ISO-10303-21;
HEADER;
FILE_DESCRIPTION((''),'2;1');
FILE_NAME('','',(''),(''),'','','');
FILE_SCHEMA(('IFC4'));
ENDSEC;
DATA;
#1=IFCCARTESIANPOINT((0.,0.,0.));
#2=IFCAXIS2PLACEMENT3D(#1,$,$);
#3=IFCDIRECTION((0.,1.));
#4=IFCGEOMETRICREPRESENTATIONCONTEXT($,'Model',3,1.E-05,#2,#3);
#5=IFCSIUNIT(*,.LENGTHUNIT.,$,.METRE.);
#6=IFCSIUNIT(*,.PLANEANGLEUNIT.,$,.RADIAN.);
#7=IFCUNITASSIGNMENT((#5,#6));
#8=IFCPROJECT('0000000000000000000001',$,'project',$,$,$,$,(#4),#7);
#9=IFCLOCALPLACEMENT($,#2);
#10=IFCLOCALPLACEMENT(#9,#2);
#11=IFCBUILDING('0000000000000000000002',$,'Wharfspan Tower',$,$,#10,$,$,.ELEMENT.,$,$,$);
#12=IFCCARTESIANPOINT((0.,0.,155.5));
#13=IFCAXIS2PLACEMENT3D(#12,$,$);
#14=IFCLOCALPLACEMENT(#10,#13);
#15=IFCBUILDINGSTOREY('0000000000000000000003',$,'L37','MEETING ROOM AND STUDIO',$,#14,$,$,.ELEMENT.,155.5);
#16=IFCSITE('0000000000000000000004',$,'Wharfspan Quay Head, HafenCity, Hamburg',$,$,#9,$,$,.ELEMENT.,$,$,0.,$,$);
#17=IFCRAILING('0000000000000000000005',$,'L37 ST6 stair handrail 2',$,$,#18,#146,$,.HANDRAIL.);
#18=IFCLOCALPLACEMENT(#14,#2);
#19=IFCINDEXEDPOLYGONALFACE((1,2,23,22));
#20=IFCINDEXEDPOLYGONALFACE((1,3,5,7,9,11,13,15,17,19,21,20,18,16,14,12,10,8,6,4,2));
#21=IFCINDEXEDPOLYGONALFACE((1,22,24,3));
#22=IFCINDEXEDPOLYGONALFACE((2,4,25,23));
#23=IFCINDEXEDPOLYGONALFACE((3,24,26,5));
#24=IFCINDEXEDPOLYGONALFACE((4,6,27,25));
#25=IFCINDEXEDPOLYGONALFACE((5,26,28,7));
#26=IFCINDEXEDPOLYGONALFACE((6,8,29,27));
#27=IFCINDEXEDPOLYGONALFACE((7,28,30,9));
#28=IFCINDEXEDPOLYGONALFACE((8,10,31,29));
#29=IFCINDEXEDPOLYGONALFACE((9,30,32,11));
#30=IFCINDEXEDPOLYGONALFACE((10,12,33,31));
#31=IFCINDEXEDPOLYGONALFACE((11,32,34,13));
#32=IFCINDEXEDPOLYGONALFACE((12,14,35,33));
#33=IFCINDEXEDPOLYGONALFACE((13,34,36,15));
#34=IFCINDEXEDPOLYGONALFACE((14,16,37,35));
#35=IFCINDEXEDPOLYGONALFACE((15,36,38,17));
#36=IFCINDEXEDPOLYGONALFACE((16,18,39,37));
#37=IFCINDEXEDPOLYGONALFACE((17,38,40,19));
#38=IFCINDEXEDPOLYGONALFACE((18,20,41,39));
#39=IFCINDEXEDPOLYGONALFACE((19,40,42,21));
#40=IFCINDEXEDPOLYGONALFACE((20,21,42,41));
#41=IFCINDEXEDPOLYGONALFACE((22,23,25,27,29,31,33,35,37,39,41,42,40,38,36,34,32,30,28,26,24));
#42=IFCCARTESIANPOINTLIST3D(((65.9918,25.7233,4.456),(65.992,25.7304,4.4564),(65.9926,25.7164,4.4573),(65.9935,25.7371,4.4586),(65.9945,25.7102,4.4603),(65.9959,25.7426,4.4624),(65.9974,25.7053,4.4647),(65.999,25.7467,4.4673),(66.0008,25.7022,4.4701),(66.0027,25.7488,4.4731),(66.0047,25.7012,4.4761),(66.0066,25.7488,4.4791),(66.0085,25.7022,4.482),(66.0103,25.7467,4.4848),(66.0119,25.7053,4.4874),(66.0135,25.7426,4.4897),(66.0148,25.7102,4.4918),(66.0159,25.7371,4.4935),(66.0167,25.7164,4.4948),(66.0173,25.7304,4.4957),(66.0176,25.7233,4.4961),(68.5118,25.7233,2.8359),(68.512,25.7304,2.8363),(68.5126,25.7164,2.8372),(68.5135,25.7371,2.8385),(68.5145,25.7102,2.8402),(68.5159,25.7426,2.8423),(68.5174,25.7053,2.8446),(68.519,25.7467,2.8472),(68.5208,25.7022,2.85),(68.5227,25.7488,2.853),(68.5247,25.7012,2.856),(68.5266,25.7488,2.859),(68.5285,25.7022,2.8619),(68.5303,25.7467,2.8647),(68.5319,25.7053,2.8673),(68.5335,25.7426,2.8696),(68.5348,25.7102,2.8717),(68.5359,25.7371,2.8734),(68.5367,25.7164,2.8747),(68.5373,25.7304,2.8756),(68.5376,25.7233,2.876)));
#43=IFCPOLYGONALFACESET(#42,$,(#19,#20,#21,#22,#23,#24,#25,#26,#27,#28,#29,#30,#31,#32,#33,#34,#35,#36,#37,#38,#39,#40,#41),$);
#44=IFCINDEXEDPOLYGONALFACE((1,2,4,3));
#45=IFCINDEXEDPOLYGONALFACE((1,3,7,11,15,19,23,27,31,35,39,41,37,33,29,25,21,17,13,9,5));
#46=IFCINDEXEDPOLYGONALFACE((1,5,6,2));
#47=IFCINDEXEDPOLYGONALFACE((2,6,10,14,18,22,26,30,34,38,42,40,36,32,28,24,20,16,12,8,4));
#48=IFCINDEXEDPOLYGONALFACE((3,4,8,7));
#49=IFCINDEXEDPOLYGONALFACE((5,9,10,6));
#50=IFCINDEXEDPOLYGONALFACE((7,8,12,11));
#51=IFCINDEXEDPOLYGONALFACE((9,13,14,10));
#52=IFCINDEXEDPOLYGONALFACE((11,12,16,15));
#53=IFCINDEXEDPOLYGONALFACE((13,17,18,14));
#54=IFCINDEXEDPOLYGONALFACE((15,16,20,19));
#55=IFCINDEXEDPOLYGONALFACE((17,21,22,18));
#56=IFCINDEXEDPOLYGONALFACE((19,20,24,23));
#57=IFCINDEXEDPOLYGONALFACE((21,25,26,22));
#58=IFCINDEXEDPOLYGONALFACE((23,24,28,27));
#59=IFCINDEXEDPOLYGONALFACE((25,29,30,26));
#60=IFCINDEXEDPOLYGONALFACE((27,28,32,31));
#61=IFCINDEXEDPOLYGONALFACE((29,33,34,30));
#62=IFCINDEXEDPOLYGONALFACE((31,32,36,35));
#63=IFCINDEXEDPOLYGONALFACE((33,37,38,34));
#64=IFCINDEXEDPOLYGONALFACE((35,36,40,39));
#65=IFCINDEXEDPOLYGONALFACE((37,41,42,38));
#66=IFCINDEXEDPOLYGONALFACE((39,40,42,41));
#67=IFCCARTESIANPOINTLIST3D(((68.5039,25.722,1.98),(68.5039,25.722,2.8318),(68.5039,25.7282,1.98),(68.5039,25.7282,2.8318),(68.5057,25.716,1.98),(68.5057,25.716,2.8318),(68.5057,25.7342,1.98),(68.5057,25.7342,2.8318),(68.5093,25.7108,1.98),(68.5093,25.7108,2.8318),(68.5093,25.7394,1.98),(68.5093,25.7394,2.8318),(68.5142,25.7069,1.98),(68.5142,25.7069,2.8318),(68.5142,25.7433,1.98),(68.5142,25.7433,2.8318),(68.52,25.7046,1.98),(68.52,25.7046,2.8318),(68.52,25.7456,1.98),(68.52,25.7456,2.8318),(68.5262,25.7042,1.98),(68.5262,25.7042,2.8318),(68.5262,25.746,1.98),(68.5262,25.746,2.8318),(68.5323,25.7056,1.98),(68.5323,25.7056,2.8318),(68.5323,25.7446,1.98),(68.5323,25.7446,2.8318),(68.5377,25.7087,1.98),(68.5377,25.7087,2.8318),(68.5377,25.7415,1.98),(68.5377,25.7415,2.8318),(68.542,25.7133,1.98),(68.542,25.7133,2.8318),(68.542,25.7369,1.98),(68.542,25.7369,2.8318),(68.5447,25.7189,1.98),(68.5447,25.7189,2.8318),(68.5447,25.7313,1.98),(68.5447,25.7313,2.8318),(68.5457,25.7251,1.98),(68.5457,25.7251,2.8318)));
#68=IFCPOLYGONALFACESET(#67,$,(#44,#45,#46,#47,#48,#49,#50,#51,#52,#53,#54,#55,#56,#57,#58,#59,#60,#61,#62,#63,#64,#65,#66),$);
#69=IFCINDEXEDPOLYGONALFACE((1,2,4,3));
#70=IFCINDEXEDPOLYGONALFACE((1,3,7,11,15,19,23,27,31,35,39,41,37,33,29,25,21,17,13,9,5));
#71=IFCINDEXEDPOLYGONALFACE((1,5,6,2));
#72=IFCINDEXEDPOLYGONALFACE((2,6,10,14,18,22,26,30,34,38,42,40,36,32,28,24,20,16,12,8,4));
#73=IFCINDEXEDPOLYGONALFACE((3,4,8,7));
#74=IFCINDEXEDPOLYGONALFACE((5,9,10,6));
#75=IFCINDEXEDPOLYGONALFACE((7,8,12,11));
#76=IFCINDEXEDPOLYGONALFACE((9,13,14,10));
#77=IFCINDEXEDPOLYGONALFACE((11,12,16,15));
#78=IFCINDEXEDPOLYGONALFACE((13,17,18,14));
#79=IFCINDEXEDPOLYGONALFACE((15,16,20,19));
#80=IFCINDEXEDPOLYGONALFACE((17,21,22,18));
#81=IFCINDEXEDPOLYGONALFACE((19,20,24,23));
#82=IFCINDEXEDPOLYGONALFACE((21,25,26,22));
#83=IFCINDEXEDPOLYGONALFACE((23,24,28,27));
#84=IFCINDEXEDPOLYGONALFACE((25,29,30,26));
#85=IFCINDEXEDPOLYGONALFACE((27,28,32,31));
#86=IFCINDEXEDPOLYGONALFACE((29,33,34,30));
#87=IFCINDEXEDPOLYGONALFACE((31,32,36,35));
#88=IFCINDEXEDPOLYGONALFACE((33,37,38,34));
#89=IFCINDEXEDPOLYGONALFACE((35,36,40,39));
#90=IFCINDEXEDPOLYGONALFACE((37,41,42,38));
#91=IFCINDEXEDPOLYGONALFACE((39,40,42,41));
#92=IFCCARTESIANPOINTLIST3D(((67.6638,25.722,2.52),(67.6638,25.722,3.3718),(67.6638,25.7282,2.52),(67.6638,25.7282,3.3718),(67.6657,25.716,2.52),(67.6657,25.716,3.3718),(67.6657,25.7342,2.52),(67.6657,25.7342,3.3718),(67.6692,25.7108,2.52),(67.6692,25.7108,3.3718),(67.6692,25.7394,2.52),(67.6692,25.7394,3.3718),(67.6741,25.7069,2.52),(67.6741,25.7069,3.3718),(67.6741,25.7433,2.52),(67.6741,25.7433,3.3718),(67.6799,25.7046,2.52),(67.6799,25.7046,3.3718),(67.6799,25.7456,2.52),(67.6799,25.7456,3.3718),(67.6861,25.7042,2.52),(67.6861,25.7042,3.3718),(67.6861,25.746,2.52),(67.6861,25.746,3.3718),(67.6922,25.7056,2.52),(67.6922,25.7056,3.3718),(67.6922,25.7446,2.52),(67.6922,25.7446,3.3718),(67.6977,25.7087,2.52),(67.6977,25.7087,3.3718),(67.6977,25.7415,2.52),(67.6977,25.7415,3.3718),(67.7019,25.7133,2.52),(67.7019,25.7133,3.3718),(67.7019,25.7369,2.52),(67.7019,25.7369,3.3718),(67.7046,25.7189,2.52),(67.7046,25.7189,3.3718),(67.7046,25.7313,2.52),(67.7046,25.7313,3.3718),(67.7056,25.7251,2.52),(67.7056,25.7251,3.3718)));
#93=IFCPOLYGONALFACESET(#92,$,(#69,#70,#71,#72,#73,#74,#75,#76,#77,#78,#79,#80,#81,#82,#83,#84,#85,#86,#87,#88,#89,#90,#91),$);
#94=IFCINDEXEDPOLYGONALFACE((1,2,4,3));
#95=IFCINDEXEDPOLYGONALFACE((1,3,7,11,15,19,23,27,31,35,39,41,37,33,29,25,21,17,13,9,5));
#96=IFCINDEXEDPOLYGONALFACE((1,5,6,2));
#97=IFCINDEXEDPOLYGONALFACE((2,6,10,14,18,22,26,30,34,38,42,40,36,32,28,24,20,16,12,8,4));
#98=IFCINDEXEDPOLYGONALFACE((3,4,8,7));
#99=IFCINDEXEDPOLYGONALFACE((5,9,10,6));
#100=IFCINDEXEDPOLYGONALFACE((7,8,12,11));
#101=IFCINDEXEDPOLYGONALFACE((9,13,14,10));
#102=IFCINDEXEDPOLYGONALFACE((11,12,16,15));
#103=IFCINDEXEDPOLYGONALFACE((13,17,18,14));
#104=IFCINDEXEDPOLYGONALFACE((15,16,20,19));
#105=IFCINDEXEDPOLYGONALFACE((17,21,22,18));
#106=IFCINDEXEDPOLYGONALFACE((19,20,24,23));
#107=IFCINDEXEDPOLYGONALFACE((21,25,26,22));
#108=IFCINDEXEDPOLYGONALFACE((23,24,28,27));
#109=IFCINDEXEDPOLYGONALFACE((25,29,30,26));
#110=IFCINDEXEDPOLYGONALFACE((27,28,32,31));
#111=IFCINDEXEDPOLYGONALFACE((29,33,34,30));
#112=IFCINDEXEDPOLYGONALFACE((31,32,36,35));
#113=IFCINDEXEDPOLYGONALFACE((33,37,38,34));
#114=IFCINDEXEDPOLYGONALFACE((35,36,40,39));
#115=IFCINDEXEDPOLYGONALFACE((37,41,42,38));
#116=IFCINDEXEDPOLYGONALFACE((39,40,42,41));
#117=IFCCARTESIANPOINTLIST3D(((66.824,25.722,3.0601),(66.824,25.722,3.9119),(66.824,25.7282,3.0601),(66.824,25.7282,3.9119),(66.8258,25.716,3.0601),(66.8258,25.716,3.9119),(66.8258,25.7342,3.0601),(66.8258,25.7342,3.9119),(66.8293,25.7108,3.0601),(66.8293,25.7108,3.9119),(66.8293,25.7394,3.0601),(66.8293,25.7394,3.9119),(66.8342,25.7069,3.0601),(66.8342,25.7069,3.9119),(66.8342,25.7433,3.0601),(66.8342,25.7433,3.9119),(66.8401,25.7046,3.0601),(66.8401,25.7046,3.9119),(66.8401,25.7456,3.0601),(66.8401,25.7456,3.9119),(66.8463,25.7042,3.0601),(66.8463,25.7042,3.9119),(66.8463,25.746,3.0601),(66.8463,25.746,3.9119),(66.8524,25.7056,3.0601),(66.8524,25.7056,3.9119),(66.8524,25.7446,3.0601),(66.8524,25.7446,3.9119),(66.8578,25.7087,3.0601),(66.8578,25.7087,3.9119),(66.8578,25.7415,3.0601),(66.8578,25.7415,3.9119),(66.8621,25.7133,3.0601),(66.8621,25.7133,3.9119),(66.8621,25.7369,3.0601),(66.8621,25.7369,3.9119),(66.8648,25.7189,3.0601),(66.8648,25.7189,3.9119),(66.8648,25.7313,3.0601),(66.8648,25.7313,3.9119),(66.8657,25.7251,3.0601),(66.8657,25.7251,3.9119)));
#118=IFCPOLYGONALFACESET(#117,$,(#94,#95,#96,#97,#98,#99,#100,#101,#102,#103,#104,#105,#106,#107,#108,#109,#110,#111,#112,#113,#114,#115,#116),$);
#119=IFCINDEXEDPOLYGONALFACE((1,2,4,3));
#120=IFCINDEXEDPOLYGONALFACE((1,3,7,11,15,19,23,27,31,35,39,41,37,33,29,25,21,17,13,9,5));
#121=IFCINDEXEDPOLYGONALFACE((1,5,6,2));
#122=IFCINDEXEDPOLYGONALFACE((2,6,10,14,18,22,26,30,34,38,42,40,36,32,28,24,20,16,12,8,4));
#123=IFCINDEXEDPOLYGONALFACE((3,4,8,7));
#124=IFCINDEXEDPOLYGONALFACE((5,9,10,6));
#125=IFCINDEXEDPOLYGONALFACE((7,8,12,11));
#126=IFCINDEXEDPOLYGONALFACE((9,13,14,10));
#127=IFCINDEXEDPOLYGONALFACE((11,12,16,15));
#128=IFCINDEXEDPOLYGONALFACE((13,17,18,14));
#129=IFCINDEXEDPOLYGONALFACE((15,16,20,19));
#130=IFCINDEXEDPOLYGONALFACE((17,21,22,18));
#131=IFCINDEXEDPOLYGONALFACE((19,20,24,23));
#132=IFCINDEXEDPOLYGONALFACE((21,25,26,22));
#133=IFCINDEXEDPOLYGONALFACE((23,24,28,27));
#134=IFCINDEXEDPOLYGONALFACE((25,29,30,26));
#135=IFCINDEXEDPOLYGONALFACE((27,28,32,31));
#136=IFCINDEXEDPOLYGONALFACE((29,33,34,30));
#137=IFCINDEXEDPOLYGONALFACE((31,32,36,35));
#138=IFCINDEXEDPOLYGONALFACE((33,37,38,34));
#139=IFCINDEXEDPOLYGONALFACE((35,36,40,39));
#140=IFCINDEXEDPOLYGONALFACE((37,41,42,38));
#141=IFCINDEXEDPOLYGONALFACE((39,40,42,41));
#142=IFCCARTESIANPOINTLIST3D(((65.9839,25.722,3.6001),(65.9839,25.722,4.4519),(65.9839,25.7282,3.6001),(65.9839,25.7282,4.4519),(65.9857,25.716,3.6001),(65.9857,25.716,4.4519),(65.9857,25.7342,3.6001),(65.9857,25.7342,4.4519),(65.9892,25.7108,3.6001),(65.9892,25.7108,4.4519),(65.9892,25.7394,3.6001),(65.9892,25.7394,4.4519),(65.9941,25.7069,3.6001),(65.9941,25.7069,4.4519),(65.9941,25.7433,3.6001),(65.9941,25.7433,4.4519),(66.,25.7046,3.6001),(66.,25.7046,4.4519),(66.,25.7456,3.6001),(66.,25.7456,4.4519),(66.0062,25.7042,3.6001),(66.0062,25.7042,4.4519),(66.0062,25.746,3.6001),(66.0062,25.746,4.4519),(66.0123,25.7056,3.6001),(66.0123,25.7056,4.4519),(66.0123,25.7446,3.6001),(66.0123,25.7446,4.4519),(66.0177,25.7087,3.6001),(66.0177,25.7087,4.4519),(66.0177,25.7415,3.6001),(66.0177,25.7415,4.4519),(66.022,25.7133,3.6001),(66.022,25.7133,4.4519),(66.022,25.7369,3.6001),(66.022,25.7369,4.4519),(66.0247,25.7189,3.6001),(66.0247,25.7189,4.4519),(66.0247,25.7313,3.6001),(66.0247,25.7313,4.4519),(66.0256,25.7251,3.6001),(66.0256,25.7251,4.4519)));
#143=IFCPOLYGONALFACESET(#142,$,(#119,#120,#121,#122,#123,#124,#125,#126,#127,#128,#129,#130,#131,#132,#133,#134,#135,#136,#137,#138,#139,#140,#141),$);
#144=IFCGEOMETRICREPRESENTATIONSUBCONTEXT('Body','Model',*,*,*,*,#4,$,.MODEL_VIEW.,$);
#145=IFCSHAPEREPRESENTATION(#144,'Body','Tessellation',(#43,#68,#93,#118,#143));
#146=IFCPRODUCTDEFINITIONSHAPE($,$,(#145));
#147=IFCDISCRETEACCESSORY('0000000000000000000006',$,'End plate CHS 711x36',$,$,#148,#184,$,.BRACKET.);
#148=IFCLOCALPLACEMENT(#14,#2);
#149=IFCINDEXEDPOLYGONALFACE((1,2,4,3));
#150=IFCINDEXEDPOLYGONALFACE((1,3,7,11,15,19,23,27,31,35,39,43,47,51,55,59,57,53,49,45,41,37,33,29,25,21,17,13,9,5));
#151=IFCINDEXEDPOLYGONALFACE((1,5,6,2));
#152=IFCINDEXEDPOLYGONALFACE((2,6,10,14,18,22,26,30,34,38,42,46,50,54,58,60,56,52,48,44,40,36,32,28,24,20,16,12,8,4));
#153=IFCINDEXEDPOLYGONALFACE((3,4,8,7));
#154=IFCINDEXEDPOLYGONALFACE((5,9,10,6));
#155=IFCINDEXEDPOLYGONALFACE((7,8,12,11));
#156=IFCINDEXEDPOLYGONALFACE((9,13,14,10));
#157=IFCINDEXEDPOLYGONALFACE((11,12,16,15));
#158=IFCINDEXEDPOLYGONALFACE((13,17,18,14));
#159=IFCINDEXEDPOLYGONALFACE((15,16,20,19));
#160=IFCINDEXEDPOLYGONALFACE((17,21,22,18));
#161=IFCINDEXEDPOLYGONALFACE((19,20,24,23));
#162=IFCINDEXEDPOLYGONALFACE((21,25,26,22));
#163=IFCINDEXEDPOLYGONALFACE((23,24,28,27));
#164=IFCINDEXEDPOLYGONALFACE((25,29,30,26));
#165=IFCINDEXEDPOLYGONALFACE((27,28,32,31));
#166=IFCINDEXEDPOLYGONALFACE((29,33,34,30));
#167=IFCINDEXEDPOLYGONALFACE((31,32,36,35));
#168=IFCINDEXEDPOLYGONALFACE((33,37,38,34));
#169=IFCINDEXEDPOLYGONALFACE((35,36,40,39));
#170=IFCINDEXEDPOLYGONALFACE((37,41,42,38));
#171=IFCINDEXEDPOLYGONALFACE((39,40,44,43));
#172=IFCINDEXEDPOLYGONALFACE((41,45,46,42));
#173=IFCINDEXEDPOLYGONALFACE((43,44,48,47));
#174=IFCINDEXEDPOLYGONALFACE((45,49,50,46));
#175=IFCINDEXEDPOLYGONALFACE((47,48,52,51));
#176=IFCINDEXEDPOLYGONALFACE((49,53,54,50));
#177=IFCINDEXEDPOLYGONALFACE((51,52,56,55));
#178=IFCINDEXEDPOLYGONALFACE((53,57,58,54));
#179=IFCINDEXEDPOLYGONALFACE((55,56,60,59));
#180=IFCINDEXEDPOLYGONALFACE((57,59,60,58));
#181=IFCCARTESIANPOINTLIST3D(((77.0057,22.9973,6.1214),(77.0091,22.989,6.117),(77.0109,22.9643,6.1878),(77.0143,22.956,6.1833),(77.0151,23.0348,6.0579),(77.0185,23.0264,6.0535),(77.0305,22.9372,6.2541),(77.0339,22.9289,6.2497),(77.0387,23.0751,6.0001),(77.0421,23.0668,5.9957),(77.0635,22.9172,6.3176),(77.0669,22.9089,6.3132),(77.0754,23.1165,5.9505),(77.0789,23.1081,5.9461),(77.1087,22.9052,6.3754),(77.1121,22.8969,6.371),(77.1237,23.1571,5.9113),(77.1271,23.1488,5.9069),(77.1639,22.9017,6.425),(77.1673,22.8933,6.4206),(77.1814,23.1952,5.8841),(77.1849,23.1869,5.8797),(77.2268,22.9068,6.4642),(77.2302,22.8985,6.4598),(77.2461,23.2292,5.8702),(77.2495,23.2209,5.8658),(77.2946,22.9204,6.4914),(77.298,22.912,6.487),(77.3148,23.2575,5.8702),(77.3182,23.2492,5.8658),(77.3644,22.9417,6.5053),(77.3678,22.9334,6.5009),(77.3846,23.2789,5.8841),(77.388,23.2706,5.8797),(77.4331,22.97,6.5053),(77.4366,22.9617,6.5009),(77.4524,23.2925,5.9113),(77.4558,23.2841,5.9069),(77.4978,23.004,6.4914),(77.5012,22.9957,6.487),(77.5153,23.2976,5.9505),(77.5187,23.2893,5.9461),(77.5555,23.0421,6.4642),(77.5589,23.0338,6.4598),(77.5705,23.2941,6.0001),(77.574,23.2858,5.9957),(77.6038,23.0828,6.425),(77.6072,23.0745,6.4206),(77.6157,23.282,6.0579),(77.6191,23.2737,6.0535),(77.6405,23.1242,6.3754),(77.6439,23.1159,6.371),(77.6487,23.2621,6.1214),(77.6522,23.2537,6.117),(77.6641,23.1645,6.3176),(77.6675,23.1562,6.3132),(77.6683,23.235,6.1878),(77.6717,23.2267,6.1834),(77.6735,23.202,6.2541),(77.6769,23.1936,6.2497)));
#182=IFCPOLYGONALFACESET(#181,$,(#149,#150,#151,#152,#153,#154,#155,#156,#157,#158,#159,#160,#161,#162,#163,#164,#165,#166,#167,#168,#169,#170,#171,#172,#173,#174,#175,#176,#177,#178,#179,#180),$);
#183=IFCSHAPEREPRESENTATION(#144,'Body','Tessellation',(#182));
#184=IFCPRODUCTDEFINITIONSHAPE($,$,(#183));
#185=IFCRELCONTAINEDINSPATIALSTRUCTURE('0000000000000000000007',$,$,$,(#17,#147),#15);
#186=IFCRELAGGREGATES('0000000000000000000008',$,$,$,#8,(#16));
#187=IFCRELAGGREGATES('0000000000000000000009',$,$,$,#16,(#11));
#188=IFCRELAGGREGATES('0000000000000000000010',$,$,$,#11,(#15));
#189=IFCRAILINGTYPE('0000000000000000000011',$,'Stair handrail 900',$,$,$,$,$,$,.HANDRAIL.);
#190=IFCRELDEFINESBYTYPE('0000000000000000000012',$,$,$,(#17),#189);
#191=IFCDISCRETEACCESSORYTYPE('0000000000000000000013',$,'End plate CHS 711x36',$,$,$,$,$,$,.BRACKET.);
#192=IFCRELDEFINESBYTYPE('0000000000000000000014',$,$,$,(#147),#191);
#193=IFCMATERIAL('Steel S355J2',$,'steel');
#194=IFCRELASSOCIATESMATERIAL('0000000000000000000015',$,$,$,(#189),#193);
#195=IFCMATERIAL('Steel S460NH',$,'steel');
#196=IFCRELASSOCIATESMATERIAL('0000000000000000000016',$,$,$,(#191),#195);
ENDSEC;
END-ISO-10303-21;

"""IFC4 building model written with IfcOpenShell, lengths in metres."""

from ifc_helpers import new_model, si_unit, direction, frame, origin, origin_2d, place, context, subcontext, project, spatial, circle, extrude, material, material_profile, profile_set, type_object, element, save


model = new_model("IFC4")

# Units and contexts
model_context = context("Model", 3, precision=1e-05, world=origin(), true_north=direction((0.0, 1.0)))
body_context = subcontext(model_context, "Body", "Model", "MODEL_VIEW")
ifc_project = project(units=[si_unit("LENGTHUNIT", "METRE"), si_unit("PLANEANGLEUNIT", "RADIAN")], contexts=[model_context])

# Site, building, storey
site_placement = place(None, origin())
site = spatial("IfcSite", under=ifc_project, at=site_placement, Name="Wharfspan Quay Head, HafenCity, Hamburg", CompositionType="ELEMENT", RefElevation=0.0)
building_placement = place(site_placement, origin())
building = spatial("IfcBuilding", under=site, at=building_placement, Name="Wharfspan Tower", CompositionType="ELEMENT")
storey_placement = place(building_placement, frame((0.0, 0.0, 155.5)))
storey = spatial("IfcBuildingStorey", under=building, at=storey_placement, Name="L37", Description="MEETING ROOM AND STUDIO", CompositionType="ELEMENT", Elevation=155.5)

# Railing
ifc_material_1 = material(Name="Steel S355J2", Category="steel")
railing_type_1 = type_object("IfcRailingType", Name="Stair handrail 900", PredefinedType="HANDRAIL", material=ifc_material_1)
railing_1_placement = place(storey_placement, frame((68.5247, 25.7251, 1.98)))
element("IfcRailing", 1, at=railing_1_placement, inside=storey, type_object=railing_type_1, Name="L37 ST6 stair handrail 2", PredefinedType="HANDRAIL", context=body_context, shape_type="SweptSolid", body=[
    extrude(circle(Radius=0.0239, at=origin_2d()), frame((0.0, 0.0, 0.876), z_axis=(-0.841163, 0.0, 0.540782), x_axis=(0.0, -1.0, 0.0)), (0.0, 0.0, 1.0), 2.9958),
    extrude(circle(Radius=0.021, at=origin_2d()), origin(), (0.0, 0.0, 1.0), 0.8518),
    extrude(circle(Radius=0.021, at=origin_2d()), frame((-0.8401, 0.0, 0.54)), (0.0, 0.0, 1.0), 0.8518),
    extrude(circle(Radius=0.021, at=origin_2d()), frame((-1.6799, 0.0, 1.0801)), (0.0, 0.0, 1.0), 0.8518),
    extrude(circle(Radius=0.021, at=origin_2d()), frame((-2.52, 0.0, 1.6201)), (0.0, 0.0, 1.0), 0.8518),
])

# Discrete accessory
ifc_material_2 = material(Name="Steel S460NH", Category="steel")
ifc_material_profile_1 = material_profile(ifc_material_2, circle(Radius=0.3555, at=origin_2d()))
ifc_profile_set_1 = profile_set([ifc_material_profile_1], Name="Steel S460NH")
discrete_accessory_type = type_object("IfcDiscreteAccessoryType", Name="End plate CHS 711x36", PredefinedType="BRACKET", material=ifc_profile_set_1)
for number, where, z_axis, x_axis, name in (
    (2, (77.343, 23.0913, 6.1833), (-0.341972, 0.830504, 0.439679), (-0.924678, -0.380749, -0.000001), "End plate CHS 711x36"),
):
    element("IfcDiscreteAccessory", number, at=place(storey_placement, frame(where, z_axis=z_axis, x_axis=x_axis)), inside=storey, type_object=discrete_accessory_type, Name=name, PredefinedType="BRACKET", context=body_context, shape_type="SweptSolid", body=[
        extrude(circle(Radius=0.3555, at=origin_2d()), origin(), (0.0, 0.0, 1.0), 0.01),
    ])

save(model, "model.ifc")
